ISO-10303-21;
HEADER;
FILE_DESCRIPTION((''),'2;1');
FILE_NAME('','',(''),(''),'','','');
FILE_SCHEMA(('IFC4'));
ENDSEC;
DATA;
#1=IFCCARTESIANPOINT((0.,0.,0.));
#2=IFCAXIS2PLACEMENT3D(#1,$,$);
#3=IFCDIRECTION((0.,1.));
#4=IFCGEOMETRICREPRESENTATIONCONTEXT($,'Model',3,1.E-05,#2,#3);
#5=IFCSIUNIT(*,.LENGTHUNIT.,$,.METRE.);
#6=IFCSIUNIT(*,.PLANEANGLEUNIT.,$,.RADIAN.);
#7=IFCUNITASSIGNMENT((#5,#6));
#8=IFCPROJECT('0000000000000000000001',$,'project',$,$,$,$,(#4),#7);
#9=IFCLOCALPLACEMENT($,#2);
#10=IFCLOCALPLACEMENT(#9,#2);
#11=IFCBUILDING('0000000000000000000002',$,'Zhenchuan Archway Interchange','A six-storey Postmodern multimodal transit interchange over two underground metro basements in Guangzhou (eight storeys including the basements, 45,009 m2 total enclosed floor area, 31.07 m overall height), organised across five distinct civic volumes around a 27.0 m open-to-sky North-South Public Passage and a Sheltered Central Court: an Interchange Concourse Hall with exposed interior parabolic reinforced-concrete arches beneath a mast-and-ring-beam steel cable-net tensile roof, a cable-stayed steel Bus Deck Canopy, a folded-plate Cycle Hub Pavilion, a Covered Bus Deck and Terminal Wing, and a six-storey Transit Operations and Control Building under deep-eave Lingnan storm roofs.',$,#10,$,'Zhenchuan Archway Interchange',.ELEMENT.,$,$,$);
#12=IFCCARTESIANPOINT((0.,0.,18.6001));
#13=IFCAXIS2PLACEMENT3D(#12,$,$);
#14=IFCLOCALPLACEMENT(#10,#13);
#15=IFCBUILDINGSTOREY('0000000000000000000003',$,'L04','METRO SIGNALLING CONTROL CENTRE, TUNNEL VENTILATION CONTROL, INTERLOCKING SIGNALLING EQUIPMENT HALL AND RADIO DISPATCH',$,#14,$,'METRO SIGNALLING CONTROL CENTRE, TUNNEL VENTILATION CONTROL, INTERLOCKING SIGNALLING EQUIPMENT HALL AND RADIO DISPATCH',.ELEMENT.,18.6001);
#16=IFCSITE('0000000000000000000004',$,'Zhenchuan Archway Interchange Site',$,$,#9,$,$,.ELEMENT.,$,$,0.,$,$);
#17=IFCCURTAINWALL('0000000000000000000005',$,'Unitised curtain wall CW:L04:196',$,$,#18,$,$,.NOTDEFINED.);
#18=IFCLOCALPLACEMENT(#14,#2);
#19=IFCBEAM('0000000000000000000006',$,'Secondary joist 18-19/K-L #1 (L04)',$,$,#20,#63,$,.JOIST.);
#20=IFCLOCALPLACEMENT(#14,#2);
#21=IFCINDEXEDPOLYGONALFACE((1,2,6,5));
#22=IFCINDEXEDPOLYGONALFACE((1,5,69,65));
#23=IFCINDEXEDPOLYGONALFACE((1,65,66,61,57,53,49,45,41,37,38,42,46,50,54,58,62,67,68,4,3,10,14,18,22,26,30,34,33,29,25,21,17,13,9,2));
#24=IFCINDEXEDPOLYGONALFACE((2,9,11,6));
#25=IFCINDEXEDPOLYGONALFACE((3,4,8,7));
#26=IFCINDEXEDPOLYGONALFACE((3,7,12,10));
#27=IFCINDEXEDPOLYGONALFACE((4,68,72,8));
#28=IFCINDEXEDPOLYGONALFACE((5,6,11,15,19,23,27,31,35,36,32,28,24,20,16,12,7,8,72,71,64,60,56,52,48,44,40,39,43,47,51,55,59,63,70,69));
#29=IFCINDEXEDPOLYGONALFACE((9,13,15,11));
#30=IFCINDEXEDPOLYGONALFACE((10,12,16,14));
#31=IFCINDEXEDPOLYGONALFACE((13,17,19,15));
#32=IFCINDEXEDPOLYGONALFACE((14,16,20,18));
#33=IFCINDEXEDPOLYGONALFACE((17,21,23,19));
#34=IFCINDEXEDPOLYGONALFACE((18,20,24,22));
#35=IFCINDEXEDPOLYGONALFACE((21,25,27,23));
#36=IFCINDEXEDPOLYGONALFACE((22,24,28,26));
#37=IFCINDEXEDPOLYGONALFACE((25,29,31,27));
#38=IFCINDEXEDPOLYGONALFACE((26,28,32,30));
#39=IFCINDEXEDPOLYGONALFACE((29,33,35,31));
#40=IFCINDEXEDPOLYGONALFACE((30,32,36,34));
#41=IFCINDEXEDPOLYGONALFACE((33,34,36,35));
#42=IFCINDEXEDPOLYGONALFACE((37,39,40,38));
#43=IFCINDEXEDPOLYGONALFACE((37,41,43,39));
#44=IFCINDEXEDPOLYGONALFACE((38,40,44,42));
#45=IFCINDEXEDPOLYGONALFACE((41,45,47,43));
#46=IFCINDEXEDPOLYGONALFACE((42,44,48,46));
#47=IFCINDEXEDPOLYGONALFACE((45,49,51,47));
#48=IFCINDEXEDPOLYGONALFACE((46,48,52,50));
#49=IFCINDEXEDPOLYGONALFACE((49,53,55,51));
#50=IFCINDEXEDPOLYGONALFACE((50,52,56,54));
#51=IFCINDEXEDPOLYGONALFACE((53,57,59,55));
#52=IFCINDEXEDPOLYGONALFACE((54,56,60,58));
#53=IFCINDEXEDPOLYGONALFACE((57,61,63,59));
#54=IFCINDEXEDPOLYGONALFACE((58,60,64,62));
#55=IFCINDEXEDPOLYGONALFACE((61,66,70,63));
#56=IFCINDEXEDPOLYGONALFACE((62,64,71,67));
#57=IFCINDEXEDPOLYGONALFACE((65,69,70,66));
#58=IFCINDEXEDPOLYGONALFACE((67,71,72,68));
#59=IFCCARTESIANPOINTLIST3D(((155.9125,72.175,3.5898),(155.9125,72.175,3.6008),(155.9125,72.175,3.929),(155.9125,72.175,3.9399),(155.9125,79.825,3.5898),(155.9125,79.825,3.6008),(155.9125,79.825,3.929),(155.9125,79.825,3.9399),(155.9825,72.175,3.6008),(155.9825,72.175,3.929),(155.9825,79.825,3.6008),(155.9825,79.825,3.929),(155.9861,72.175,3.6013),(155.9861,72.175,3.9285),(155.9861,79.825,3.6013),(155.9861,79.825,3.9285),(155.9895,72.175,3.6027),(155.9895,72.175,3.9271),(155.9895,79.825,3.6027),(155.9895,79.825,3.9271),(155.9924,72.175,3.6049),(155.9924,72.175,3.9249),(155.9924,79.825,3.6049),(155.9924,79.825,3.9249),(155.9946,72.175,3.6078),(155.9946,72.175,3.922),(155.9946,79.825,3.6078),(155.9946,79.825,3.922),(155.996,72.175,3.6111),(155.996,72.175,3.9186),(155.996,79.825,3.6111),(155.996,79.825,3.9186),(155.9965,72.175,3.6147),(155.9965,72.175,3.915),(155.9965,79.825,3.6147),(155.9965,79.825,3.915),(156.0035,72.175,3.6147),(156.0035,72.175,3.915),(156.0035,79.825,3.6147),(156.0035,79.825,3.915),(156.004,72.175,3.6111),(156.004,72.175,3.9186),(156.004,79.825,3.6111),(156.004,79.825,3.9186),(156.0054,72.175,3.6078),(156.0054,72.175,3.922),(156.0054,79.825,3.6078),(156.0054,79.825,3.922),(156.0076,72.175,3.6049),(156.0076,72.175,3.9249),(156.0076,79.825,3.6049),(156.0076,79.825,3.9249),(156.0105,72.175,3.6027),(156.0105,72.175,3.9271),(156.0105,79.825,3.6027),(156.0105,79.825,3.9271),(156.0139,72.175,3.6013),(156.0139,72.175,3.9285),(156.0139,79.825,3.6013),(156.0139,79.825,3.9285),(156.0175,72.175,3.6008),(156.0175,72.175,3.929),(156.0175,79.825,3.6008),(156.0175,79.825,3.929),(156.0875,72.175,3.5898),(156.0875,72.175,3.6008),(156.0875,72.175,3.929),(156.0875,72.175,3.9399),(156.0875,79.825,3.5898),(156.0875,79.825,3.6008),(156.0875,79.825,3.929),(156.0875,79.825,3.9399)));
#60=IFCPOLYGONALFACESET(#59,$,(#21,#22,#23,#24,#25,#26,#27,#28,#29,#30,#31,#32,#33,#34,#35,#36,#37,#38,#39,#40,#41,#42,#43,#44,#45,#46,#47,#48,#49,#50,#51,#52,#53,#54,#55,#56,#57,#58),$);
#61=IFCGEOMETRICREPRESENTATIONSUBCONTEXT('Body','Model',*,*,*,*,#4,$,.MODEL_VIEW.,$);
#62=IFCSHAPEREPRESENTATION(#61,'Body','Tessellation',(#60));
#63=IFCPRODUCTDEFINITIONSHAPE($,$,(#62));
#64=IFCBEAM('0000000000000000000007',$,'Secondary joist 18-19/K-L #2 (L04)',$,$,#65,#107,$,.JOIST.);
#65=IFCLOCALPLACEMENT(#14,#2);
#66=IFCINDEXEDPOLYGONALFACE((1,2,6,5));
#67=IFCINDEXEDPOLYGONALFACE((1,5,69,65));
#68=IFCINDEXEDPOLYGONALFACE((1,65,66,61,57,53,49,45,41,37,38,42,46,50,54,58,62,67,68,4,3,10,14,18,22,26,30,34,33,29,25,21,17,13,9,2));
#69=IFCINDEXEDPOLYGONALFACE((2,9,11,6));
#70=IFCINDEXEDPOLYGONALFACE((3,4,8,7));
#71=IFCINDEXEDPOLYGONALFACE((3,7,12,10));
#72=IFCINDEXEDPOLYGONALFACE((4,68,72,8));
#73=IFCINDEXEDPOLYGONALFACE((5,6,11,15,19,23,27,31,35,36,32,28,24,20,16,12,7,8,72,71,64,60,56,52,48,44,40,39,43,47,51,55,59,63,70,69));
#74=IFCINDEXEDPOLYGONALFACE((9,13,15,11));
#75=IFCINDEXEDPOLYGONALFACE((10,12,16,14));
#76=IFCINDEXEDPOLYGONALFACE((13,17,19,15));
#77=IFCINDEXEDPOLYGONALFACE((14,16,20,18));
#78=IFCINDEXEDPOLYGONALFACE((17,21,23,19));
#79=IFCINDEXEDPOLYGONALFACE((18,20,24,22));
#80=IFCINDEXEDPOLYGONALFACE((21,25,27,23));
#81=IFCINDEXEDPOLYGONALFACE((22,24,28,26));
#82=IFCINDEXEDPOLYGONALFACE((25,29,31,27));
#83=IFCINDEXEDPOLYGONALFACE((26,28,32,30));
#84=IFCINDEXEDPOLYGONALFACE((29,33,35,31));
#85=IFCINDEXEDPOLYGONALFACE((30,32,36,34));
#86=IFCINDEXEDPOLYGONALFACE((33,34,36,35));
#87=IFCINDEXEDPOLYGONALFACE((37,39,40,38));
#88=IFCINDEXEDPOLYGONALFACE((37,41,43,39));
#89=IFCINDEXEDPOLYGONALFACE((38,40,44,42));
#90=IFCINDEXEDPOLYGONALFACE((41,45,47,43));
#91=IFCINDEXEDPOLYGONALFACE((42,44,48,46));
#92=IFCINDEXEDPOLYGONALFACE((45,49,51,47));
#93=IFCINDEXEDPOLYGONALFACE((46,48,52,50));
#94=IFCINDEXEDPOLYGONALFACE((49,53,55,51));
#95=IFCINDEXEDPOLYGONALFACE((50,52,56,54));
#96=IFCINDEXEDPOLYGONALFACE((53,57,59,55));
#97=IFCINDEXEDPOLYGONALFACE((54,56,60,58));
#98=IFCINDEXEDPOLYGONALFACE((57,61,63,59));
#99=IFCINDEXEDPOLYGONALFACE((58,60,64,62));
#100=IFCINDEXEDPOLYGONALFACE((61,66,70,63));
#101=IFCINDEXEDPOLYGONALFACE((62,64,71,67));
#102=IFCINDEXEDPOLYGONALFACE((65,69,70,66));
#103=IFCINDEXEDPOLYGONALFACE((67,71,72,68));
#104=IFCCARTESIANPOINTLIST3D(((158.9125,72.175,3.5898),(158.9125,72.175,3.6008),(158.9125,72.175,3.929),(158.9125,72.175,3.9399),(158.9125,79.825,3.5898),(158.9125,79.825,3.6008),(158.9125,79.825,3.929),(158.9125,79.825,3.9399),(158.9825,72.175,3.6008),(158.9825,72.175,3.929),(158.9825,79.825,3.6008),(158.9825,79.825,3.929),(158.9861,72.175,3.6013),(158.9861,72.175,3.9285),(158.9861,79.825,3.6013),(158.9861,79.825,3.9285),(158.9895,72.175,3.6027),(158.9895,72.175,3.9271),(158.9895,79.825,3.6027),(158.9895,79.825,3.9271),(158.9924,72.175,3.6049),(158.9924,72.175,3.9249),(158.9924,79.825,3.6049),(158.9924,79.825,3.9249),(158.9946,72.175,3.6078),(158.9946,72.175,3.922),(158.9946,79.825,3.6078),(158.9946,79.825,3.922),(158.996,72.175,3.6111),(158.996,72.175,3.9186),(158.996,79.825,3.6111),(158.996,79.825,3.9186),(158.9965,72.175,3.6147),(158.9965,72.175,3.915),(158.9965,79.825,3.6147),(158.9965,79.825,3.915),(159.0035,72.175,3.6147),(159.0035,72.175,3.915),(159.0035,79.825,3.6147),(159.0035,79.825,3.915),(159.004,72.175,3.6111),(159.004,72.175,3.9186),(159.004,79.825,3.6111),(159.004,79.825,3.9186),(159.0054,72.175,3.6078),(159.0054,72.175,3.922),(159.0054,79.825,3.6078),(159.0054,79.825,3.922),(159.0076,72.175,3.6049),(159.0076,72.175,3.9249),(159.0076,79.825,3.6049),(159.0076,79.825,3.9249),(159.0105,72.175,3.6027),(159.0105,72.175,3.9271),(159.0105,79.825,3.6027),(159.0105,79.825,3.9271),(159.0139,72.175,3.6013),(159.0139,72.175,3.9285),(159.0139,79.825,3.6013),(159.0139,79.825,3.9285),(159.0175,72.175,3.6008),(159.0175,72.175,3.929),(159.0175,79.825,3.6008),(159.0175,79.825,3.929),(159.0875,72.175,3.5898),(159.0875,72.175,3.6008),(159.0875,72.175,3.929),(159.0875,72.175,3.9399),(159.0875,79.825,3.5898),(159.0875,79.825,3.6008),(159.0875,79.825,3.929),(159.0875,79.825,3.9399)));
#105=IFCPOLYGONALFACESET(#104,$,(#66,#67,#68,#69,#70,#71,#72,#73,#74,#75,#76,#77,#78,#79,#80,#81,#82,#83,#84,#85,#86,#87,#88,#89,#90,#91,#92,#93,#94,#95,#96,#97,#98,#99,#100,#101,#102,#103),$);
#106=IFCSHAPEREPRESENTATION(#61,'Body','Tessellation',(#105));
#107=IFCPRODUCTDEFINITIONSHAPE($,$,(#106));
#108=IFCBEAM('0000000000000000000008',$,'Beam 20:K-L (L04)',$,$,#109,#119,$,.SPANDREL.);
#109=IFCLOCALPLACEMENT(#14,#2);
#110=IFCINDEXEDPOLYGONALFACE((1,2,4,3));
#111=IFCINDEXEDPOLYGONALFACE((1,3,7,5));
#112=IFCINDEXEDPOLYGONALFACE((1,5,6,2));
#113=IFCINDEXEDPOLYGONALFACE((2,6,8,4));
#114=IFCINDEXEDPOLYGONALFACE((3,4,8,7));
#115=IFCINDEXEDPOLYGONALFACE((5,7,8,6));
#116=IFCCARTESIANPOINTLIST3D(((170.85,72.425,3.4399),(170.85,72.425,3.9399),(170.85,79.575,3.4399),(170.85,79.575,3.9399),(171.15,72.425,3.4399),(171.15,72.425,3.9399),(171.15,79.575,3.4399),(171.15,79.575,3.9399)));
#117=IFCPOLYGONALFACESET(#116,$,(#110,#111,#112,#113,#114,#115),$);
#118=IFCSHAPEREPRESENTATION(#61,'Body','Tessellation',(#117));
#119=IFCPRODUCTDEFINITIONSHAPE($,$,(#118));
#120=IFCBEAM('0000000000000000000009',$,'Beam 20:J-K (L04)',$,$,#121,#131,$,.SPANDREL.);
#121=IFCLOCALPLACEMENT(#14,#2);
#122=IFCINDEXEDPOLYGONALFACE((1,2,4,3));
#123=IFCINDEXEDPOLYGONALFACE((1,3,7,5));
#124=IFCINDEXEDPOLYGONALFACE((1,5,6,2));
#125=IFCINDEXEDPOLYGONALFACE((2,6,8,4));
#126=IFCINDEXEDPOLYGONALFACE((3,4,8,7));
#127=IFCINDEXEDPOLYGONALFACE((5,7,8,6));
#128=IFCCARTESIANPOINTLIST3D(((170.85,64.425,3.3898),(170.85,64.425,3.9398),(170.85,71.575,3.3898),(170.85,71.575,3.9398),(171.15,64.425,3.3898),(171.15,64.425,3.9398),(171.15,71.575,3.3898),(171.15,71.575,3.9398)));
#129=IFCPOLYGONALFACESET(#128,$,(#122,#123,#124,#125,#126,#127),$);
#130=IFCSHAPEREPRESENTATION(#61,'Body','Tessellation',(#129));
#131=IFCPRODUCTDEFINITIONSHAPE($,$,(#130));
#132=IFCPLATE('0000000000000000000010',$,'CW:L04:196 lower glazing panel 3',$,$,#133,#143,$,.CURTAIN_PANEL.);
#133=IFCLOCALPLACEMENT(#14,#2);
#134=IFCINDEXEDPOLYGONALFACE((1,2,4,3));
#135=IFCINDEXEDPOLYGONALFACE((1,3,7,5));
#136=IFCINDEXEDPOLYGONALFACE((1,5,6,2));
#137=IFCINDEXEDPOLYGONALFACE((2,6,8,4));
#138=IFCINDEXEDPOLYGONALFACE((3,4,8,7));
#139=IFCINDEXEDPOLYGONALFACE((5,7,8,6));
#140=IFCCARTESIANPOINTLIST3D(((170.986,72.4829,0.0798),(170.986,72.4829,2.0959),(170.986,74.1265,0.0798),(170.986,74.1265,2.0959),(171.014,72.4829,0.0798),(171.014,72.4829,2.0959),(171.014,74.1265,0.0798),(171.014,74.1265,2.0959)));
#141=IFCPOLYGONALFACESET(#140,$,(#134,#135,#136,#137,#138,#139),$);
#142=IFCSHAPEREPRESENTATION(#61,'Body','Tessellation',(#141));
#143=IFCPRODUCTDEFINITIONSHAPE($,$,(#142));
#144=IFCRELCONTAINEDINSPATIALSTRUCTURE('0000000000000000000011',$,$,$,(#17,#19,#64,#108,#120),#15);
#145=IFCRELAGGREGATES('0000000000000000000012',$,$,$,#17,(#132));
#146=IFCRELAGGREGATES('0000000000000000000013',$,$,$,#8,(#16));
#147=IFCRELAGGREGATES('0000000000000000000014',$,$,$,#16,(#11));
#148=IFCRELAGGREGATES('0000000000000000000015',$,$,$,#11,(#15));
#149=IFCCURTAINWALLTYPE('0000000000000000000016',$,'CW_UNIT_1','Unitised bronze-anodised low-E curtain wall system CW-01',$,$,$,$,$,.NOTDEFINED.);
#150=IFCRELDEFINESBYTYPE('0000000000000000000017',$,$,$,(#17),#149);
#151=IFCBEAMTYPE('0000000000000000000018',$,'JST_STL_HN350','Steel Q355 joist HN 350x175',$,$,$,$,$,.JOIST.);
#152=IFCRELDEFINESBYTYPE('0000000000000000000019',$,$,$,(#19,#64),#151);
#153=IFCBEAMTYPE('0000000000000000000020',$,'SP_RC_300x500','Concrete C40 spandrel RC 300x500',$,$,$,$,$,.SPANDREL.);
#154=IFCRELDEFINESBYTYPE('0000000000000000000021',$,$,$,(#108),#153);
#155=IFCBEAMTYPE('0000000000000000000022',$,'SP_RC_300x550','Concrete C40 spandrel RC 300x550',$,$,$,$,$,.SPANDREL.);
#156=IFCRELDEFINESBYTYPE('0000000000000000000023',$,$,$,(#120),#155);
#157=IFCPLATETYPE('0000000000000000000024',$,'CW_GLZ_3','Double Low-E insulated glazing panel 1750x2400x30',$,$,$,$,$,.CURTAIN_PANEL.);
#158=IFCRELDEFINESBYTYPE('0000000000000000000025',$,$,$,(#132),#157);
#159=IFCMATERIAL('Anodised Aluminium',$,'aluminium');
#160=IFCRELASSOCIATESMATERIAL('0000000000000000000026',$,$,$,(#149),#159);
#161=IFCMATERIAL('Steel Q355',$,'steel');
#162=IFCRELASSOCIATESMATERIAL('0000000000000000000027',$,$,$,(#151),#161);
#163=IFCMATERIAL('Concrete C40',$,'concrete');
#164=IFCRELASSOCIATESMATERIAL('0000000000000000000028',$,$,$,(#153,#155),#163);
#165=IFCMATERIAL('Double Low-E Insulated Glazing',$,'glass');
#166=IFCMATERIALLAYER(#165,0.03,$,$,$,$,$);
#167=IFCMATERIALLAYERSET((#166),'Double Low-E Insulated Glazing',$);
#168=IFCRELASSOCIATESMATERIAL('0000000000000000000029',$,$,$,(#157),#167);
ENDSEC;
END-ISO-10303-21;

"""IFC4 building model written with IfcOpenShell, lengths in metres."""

from ifc_helpers import new_model, si_unit, direction, frame, origin, origin_2d, place, context, subcontext, project, spatial, rectangle, i_section, extrude, material, layer, layer_set, material_profile, profile_set, type_object, element, aggregate, save


model = new_model("IFC4")

# Units and contexts
model_context = context("Model", 3, precision=1e-05, world=origin(), true_north=direction((0.0, 1.0)))
body_context = subcontext(model_context, "Body", "Model", "MODEL_VIEW")
ifc_project = project(units=[si_unit("LENGTHUNIT", "METRE"), si_unit("PLANEANGLEUNIT", "RADIAN")], contexts=[model_context])

# Site, building, storey
site_placement = place(None, origin())
site = spatial("IfcSite", under=ifc_project, at=site_placement, Name="Zhenchuan Archway Interchange Site", CompositionType="ELEMENT", RefElevation=0.0)
building_placement = place(site_placement, origin())
building = spatial("IfcBuilding", under=site, at=building_placement, Name="Zhenchuan Archway Interchange", Description="A six-storey Postmodern multimodal transit interchange over two underground metro basements in Guangzhou (eight storeys including the basements, 45,009 m2 total enclosed floor area, 31.07 m overall height), organised across five distinct civic volumes around a 27.0 m open-to-sky North-South Public Passage and a Sheltered Central Court: an Interchange Concourse Hall with exposed interior parabolic reinforced-concrete arches beneath a mast-and-ring-beam steel cable-net tensile roof, a cable-stayed steel Bus Deck Canopy, a folded-plate Cycle Hub Pavilion, a Covered Bus Deck and Terminal Wing, and a six-storey Transit Operations and Control Building under deep-eave Lingnan storm roofs.", LongName="Zhenchuan Archway Interchange", CompositionType="ELEMENT")
storey_placement = place(building_placement, frame((0.0, 0.0, 18.6001)))
storey = spatial("IfcBuildingStorey", under=building, at=storey_placement, Name="L04", Description="METRO SIGNALLING CONTROL CENTRE, TUNNEL VENTILATION CONTROL, INTERLOCKING SIGNALLING EQUIPMENT HALL AND RADIO DISPATCH", LongName="METRO SIGNALLING CONTROL CENTRE, TUNNEL VENTILATION CONTROL, INTERLOCKING SIGNALLING EQUIPMENT HALL AND RADIO DISPATCH", CompositionType="ELEMENT", Elevation=18.6001)

# Shared definitions
ifc_material_1 = material(Name="Concrete C40", Category="concrete")

# Curtain wall
ifc_material_2 = material(Name="Anodised Aluminium", Category="aluminium")
curtain_wall_type = type_object("IfcCurtainWallType", Name="CW_UNIT_1", Description="Unitised bronze-anodised low-E curtain wall system CW-01", PredefinedType="NOTDEFINED", material=ifc_material_2)
curtain_wall_placement = place(storey_placement, origin())
curtain_wall = element("IfcCurtainWall", 1, at=curtain_wall_placement, inside=storey, type_object=curtain_wall_type, Name="Unitised curtain wall CW:L04:196", PredefinedType="NOTDEFINED")

# Beams
ifc_material_3 = material(Name="Steel Q355", Category="steel")
ifc_material_profile_1 = material_profile(ifc_material_3, i_section(OverallWidth=0.175, OverallDepth=0.3501, WebThickness=0.0071, FlangeThickness=0.011, FilletRadius=0.0139, at=origin_2d()), Name="HN 350x175")
ifc_profile_set_1 = profile_set([ifc_material_profile_1], Name="Steel Q355")
beam_type_1 = type_object("IfcBeamType", Name="JST_STL_HN350", Description="Steel Q355 joist HN 350x175", PredefinedType="JOIST", material=ifc_profile_set_1)
for number, where, z_axis, x_axis, name in (
    (2, (156.0, 72.175, 3.7649), (0.0, 1.0, 0.0), (-1.0, 0.0, 0.0), "Secondary joist 18-19/K-L #1 (L04)"),
    (3, (159.0, 72.175, 3.7649), (0.0, 1.0, 0.0), (-1.0, 0.0, 0.0), "Secondary joist 18-19/K-L #2 (L04)"),
):
    element("IfcBeam", number, at=place(storey_placement, frame(where, z_axis=z_axis, x_axis=x_axis)), inside=storey, type_object=beam_type_1, Name=name, PredefinedType="JOIST", context=body_context, shape_type="SweptSolid", body=[
        extrude(i_section(OverallWidth=0.175, OverallDepth=0.3501, WebThickness=0.0071, FlangeThickness=0.011, FilletRadius=0.0139, at=origin_2d()), origin(), (0.0, 0.0, 1.0), 7.6499),
    ])
ifc_material_profile_2 = material_profile(ifc_material_1, rectangle(XDim=0.3, YDim=0.5, at=origin_2d()), Name="RC 300x500")
ifc_profile_set_2 = profile_set([ifc_material_profile_2], Name="Concrete C40")
beam_type_2 = type_object("IfcBeamType", Name="SP_RC_300x500", Description="Concrete C40 spandrel RC 300x500", PredefinedType="SPANDREL", material=ifc_profile_set_2)
beam_1_placement = place(storey_placement, frame((171.0, 72.425, 3.6899), z_axis=(0.0, 1.0, 0.0), x_axis=(-1.0, 0.0, 0.0)))
element("IfcBeam", 4, at=beam_1_placement, inside=storey, type_object=beam_type_2, Name="Beam 20:K-L (L04)", PredefinedType="SPANDREL", context=body_context, shape_type="SweptSolid", body=[
    extrude(rectangle(XDim=0.3, YDim=0.5, at=origin_2d()), origin(), (0.0, 0.0, 1.0), 7.1499),
])
ifc_material_profile_3 = material_profile(ifc_material_1, rectangle(XDim=0.3, YDim=0.55, at=origin_2d()), Name="RC 300x550")
ifc_profile_set_3 = profile_set([ifc_material_profile_3], Name="Concrete C40")
beam_type_3 = type_object("IfcBeamType", Name="SP_RC_300x550", Description="Concrete C40 spandrel RC 300x550", PredefinedType="SPANDREL", material=ifc_profile_set_3)
beam_2_placement = place(storey_placement, frame((171.0, 64.425, 3.6648), z_axis=(0.0, 1.0, 0.0), x_axis=(-1.0, 0.0, 0.0)))
element("IfcBeam", 5, at=beam_2_placement, inside=storey, type_object=beam_type_3, Name="Beam 20:J-K (L04)", PredefinedType="SPANDREL", context=body_context, shape_type="SweptSolid", body=[
    extrude(rectangle(XDim=0.3, YDim=0.55, at=origin_2d()), origin(), (0.0, 0.0, 1.0), 7.1499),
])

# Plate
ifc_material_4 = material(Name="Double Low-E Insulated Glazing", Category="glass")
ifc_layer_1 = layer(ifc_material_4, 0.03)
ifc_layer_set_1 = layer_set([ifc_layer_1], Name="Double Low-E Insulated Glazing")
plate_type = type_object("IfcPlateType", Name="CW_GLZ_3", Description="Double Low-E insulated glazing panel 1750x2400x30", PredefinedType="CURTAIN_PANEL", material=ifc_layer_set_1)
plate_placement = place(storey_placement, frame((171.0, 73.3047, 0.0798), z_axis=(0.0, 0.0, 1.0), x_axis=(0.0, -1.0, 0.0)))
plate = element("IfcPlate", 6, at=plate_placement, type_object=plate_type, Name="CW:L04:196 lower glazing panel 3", PredefinedType="CURTAIN_PANEL", context=body_context, shape_type="SweptSolid", body=[
    extrude(rectangle(XDim=1.6436, YDim=0.0281, at=origin_2d()), origin(), (0.0, 0.0, 1.0), 2.0161),
])
aggregate(curtain_wall, [plate])

save(model, "model.ifc")
